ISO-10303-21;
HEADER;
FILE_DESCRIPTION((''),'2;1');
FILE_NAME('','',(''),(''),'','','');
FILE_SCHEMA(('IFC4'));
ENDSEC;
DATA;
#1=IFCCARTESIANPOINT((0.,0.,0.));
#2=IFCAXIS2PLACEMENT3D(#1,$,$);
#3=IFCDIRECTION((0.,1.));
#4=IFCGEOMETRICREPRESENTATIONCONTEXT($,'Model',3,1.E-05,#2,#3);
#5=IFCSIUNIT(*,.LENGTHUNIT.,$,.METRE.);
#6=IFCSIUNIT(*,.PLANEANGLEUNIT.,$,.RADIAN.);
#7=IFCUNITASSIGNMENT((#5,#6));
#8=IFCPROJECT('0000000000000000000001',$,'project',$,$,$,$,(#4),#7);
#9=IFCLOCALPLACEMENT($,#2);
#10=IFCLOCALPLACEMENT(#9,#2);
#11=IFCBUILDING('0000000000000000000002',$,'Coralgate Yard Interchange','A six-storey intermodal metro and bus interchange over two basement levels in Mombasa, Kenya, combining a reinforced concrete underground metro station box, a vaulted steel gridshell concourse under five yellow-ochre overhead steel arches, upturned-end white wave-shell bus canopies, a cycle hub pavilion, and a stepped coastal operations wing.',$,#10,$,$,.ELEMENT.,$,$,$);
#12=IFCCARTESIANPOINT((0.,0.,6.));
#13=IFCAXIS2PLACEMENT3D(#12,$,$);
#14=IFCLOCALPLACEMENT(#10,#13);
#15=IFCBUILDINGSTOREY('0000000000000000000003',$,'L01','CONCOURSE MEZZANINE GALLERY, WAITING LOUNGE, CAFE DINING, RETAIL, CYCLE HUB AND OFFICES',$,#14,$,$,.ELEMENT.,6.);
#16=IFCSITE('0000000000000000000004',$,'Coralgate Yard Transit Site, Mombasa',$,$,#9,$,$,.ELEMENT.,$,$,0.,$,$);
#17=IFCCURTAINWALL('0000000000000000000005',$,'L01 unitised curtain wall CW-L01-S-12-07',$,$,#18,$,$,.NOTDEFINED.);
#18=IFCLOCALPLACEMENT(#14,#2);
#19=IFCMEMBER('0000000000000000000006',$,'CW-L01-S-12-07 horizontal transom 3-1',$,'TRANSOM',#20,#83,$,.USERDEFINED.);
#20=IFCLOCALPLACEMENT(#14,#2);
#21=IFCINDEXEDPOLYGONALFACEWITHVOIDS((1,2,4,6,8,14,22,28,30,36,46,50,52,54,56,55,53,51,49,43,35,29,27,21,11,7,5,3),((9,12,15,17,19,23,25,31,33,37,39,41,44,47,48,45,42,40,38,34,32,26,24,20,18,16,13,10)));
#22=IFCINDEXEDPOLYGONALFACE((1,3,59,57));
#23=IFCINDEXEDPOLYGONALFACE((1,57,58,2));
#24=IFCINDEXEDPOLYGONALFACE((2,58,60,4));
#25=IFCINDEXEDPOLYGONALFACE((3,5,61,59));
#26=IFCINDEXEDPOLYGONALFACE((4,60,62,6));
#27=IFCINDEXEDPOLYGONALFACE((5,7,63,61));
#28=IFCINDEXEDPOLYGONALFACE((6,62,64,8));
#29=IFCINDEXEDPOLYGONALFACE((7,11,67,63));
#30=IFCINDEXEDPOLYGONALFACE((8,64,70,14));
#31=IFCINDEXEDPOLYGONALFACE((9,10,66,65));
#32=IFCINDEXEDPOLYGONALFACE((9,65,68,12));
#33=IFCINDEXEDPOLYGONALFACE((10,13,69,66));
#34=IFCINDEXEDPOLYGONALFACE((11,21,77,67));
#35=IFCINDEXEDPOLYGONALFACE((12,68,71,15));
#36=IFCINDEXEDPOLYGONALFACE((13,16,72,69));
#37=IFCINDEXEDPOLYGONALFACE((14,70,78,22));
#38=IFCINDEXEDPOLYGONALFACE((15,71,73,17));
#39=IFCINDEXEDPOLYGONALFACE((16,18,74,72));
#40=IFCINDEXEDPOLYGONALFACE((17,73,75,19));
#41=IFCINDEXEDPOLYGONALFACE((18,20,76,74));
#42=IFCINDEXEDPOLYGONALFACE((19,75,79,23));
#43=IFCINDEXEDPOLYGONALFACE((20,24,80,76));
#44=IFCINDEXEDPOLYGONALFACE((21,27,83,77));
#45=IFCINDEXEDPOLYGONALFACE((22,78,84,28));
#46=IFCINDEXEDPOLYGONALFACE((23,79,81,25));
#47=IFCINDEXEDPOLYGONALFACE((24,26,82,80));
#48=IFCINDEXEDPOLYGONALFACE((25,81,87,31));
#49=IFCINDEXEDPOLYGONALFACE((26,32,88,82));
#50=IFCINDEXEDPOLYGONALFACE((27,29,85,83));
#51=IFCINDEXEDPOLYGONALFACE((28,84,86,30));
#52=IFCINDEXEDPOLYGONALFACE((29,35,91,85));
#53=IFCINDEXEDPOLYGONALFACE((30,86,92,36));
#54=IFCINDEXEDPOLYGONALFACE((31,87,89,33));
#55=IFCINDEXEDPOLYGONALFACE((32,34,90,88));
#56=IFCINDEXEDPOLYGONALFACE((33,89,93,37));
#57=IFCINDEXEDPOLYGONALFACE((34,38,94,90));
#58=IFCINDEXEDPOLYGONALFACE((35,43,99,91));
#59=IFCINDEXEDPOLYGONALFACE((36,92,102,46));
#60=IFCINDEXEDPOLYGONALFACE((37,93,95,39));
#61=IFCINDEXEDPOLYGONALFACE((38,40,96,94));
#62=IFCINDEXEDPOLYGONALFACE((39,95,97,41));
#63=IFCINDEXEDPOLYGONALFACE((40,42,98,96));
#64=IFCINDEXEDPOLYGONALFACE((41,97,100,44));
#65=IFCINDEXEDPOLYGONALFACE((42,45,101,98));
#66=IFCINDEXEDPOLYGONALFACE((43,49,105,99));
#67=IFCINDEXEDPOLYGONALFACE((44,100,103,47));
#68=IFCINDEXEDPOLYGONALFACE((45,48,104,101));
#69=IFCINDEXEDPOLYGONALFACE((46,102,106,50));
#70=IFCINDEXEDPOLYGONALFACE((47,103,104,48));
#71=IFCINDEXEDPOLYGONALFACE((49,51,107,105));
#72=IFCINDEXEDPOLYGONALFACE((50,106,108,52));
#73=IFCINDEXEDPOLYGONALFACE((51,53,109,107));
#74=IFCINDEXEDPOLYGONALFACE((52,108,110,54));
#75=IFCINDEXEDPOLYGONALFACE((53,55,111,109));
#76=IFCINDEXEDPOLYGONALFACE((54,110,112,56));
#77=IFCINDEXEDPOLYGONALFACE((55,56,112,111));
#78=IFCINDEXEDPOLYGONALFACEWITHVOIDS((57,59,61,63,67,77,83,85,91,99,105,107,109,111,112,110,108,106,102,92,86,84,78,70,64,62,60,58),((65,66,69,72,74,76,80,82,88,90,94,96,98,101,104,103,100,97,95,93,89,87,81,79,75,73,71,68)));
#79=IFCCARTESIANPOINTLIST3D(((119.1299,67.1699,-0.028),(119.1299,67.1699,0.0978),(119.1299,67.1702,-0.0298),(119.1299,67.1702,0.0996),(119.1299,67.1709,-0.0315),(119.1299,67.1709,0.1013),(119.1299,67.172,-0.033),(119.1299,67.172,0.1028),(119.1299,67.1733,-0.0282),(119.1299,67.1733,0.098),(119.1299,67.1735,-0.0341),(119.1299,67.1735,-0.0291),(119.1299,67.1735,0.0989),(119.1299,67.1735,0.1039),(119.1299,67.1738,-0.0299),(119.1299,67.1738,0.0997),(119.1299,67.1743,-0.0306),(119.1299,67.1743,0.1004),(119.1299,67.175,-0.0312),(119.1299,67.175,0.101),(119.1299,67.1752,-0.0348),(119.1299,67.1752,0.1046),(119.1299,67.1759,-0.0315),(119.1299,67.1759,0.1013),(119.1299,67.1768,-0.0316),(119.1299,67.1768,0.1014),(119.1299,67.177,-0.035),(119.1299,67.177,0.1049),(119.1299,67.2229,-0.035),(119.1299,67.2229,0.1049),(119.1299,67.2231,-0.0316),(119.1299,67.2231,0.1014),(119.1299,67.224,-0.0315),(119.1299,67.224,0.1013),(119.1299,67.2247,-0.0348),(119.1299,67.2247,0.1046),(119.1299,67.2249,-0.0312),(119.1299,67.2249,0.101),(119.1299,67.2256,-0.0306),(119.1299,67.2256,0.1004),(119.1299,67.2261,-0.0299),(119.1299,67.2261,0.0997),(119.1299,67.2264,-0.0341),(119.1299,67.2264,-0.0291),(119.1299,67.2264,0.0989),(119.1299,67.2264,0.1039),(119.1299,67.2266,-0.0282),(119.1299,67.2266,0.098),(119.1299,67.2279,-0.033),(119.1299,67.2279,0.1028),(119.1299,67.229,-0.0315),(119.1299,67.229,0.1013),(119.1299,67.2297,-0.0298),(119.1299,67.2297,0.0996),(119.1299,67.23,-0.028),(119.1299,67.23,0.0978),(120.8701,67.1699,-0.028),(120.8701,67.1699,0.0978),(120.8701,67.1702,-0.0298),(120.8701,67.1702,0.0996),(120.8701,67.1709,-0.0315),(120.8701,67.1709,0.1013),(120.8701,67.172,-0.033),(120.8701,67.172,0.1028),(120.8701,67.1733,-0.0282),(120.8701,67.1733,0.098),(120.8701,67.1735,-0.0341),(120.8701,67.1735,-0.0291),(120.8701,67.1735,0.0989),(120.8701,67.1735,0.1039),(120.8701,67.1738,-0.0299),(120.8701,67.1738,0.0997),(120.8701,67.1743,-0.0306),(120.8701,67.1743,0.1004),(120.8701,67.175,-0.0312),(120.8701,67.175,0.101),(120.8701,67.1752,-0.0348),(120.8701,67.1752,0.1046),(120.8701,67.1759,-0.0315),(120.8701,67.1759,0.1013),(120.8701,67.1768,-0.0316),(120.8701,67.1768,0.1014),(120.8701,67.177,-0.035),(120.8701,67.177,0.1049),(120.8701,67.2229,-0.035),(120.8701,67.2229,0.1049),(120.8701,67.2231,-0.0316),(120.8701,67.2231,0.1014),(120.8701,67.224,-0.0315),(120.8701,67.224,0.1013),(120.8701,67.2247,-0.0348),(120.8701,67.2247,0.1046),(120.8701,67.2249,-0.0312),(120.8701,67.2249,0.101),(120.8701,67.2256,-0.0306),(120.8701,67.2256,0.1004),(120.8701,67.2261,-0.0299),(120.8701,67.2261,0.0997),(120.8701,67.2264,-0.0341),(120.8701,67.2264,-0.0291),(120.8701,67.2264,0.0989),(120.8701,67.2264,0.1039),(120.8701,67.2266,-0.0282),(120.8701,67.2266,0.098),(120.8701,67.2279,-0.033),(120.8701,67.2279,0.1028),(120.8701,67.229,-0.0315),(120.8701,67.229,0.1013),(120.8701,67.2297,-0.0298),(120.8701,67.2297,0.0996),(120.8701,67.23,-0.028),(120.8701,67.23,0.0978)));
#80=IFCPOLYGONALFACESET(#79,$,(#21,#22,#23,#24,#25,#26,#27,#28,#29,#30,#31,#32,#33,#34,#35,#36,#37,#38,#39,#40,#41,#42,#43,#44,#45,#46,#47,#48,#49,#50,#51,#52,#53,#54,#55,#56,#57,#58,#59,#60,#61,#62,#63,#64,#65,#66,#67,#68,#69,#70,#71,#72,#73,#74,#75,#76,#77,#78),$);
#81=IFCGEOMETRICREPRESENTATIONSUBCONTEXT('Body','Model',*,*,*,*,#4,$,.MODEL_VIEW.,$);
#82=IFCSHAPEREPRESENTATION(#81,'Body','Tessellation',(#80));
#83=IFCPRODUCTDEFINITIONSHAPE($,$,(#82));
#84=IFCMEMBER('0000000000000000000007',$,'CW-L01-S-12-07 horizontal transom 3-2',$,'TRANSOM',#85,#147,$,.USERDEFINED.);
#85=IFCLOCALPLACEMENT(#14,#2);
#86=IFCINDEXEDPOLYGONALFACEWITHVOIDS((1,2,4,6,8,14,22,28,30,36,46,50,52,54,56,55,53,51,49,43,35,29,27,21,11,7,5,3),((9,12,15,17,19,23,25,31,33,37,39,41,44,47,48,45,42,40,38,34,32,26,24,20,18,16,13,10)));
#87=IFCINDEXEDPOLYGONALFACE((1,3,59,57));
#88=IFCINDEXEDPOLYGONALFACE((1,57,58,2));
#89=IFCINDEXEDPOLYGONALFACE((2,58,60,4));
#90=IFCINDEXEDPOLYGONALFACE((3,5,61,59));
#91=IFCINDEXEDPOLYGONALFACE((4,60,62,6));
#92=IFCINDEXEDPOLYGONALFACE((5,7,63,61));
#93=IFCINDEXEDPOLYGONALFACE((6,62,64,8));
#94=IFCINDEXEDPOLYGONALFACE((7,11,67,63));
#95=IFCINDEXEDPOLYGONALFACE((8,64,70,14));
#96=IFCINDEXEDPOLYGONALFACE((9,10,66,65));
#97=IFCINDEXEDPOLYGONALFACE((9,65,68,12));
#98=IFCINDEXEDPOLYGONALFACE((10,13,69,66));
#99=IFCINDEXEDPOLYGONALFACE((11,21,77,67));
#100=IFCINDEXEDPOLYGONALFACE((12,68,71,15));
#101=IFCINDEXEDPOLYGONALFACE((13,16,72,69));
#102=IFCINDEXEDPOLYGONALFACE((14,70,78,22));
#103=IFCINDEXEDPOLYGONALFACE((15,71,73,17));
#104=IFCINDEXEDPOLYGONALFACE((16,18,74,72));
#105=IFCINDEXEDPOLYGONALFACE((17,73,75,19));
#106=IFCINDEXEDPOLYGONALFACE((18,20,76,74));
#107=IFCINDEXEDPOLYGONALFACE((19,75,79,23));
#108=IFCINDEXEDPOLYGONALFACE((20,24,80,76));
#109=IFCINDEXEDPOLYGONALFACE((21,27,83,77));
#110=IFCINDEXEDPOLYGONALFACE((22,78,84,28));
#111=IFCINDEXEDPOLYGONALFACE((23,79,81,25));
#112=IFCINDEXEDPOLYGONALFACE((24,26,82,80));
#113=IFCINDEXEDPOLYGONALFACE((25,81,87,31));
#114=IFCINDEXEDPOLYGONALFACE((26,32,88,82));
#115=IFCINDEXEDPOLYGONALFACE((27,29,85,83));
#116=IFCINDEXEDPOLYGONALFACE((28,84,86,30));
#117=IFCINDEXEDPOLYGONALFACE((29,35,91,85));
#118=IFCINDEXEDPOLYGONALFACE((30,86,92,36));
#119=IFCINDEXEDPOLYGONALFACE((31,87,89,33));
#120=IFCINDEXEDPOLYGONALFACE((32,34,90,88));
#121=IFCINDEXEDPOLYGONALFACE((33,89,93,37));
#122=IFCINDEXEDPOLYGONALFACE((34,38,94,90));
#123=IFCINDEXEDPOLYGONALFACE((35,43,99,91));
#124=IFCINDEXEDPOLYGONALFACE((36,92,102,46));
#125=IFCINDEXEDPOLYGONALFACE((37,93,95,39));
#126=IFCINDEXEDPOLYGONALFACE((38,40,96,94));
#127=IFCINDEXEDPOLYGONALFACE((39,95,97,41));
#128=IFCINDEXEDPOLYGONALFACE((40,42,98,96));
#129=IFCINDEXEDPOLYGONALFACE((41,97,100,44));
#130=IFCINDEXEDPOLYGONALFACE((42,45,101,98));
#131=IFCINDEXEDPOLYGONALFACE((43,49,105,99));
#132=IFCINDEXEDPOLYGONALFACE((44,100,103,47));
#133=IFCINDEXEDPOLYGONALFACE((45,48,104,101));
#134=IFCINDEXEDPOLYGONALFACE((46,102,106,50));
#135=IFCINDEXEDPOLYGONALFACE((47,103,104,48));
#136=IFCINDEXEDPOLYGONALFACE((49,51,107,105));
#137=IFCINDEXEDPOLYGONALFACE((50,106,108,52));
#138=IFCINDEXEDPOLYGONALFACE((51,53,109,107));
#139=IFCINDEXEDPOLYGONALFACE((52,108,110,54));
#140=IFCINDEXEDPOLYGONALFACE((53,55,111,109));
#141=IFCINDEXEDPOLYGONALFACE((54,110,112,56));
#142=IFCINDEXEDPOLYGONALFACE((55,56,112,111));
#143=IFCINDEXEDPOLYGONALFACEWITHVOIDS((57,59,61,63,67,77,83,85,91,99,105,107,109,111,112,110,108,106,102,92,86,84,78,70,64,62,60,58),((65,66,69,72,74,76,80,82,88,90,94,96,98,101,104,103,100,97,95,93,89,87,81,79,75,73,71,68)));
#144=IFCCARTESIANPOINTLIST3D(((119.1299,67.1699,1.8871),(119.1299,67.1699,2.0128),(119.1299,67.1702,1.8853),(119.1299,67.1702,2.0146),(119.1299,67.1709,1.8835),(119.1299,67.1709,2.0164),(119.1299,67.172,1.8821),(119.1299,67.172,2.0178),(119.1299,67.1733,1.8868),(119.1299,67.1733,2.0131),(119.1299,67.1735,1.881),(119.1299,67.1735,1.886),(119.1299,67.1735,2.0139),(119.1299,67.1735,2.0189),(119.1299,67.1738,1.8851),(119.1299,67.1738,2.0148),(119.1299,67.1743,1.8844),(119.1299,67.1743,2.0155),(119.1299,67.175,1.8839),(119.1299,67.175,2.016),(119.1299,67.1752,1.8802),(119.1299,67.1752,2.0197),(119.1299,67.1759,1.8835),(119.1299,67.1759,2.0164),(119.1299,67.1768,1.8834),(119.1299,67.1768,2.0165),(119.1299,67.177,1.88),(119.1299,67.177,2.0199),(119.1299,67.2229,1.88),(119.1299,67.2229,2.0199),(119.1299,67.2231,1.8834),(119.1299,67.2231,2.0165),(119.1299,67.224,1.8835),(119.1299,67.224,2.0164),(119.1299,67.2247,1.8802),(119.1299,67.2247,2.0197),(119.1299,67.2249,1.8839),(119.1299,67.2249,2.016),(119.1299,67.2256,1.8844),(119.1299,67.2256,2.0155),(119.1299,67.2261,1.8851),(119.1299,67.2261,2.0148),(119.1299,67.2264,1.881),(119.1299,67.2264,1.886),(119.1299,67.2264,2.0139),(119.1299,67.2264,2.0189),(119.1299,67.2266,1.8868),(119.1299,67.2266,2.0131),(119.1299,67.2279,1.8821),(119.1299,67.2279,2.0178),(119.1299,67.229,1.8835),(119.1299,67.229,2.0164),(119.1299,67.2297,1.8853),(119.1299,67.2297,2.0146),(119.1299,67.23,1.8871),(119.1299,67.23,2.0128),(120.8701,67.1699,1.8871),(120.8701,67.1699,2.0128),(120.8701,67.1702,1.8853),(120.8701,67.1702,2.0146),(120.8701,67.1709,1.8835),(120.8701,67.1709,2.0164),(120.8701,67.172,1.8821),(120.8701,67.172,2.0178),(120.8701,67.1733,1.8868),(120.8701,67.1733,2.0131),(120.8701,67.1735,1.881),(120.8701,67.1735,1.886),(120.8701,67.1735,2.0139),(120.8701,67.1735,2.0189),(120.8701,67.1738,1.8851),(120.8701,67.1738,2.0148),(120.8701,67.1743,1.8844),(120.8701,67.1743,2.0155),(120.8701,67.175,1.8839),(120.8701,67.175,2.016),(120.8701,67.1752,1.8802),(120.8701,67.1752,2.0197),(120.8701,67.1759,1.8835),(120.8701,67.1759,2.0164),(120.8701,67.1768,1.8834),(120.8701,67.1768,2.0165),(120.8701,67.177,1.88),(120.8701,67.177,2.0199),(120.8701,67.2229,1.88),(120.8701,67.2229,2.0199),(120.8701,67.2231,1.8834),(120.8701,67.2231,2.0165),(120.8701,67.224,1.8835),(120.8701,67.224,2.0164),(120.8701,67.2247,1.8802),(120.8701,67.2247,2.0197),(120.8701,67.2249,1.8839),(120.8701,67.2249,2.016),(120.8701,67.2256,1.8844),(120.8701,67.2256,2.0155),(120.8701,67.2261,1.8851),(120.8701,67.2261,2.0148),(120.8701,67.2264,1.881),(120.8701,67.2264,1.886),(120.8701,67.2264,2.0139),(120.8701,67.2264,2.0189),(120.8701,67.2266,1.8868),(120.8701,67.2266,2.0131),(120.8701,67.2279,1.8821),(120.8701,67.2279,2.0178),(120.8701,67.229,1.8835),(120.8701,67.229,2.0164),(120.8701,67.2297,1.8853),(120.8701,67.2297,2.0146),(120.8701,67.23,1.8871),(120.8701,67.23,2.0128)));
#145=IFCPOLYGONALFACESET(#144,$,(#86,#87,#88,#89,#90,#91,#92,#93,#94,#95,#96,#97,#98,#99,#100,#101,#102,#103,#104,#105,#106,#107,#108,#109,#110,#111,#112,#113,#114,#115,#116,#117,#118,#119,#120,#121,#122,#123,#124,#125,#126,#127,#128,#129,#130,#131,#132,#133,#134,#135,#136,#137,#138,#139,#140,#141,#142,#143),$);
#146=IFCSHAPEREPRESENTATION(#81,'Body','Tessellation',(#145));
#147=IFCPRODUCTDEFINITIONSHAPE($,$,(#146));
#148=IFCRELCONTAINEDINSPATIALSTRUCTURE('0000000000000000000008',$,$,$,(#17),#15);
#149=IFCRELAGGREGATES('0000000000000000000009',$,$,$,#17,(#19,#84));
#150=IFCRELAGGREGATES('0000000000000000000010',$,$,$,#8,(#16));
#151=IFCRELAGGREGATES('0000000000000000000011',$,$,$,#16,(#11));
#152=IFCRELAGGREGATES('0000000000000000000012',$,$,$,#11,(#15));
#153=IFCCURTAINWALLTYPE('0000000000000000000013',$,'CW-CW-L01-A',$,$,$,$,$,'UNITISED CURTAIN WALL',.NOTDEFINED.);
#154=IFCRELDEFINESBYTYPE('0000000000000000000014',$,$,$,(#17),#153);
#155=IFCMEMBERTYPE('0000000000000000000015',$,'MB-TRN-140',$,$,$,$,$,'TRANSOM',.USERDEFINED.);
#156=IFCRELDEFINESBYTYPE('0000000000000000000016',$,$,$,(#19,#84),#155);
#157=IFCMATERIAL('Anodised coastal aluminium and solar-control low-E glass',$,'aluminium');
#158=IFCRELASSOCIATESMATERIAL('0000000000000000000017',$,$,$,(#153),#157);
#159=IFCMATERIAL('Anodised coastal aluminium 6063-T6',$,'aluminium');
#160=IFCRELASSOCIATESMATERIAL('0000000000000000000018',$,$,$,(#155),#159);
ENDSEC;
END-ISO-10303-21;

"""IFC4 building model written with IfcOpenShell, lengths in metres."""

from ifc_helpers import new_model, si_unit, direction, frame, origin, origin_2d, place, context, subcontext, project, spatial, hollow_rectangle, extrude, material, material_profile, profile_set, type_object, element, aggregate, save


model = new_model("IFC4")

# Units and contexts
model_context = context("Model", 3, precision=1e-05, world=origin(), true_north=direction((0.0, 1.0)))
body_context = subcontext(model_context, "Body", "Model", "MODEL_VIEW")
ifc_project = project(units=[si_unit("LENGTHUNIT", "METRE"), si_unit("PLANEANGLEUNIT", "RADIAN")], contexts=[model_context])

# Site, building, storey
site_placement = place(None, origin())
site = spatial("IfcSite", under=ifc_project, at=site_placement, Name="Coralgate Yard Transit Site, Mombasa", CompositionType="ELEMENT", RefElevation=0.0)
building_placement = place(site_placement, origin())
building = spatial("IfcBuilding", under=site, at=building_placement, Name="Coralgate Yard Interchange", Description="A six-storey intermodal metro and bus interchange over two basement levels in Mombasa, Kenya, combining a reinforced concrete underground metro station box, a vaulted steel gridshell concourse under five yellow-ochre overhead steel arches, upturned-end white wave-shell bus canopies, a cycle hub pavilion, and a stepped coastal operations wing.", CompositionType="ELEMENT")
storey_placement = place(building_placement, frame((0.0, 0.0, 6.0)))
storey = spatial("IfcBuildingStorey", under=building, at=storey_placement, Name="L01", Description="CONCOURSE MEZZANINE GALLERY, WAITING LOUNGE, CAFE DINING, RETAIL, CYCLE HUB AND OFFICES", CompositionType="ELEMENT", Elevation=6.0)

# Curtain wall, members
ifc_material_1 = material(Name="Anodised coastal aluminium and solar-control low-E glass", Category="aluminium")
curtain_wall_type = type_object("IfcCurtainWallType", Name="CW-CW-L01-A", ElementType="UNITISED CURTAIN WALL", PredefinedType="NOTDEFINED", material=ifc_material_1)
curtain_wall_placement = place(storey_placement, origin())
curtain_wall = element("IfcCurtainWall", 1, at=curtain_wall_placement, inside=storey, type_object=curtain_wall_type, Name="L01 unitised curtain wall CW-L01-S-12-07", PredefinedType="NOTDEFINED")
ifc_material_2 = material(Name="Anodised coastal aluminium 6063-T6", Category="aluminium")
ifc_material_profile_1 = material_profile(ifc_material_2, hollow_rectangle(XDim=0.0601, YDim=0.1399, WallThickness=0.0034, InnerFilletRadius=0.0034, OuterFilletRadius=0.0071, at=origin_2d()), Name="ALU 60x140x3.5")
ifc_profile_set_1 = profile_set([ifc_material_profile_1], Name="Anodised coastal aluminium 6063-T6")
member_type_1 = type_object("IfcMemberType", Name="MB-TRN-140", ElementType="TRANSOM", PredefinedType="USERDEFINED", material=ifc_profile_set_1)
member_1_placement = place(storey_placement, frame((120.8701, 67.2, 0.0349), z_axis=(-1.0, 0.0, 0.0), x_axis=(0.0, -1.0, 0.0)))
member_1 = element("IfcMember", 2, at=member_1_placement, type_object=member_type_1, Name="CW-L01-S-12-07 horizontal transom 3-1", ObjectType="TRANSOM", PredefinedType="USERDEFINED", context=body_context, shape_type="SweptSolid", body=[
    extrude(hollow_rectangle(XDim=0.0601, YDim=0.1399, WallThickness=0.0034, InnerFilletRadius=0.0034, OuterFilletRadius=0.0071, at=origin_2d()), origin(), (0.0, 0.0, 1.0), 1.7402),
])
member_2_placement = place(storey_placement, frame((120.8701, 67.2, 1.95), z_axis=(-1.0, 0.0, 0.0), x_axis=(0.0, -1.0, 0.0)))
member_2 = element("IfcMember", 3, at=member_2_placement, type_object=member_type_1, Name="CW-L01-S-12-07 horizontal transom 3-2", ObjectType="TRANSOM", PredefinedType="USERDEFINED", context=body_context, shape_type="SweptSolid", body=[
    extrude(hollow_rectangle(XDim=0.0601, YDim=0.1399, WallThickness=0.0034, InnerFilletRadius=0.0034, OuterFilletRadius=0.0071, at=origin_2d()), origin(), (0.0, 0.0, 1.0), 1.7402),
])
aggregate(curtain_wall, [member_1, member_2])

save(model, "model.ifc")
